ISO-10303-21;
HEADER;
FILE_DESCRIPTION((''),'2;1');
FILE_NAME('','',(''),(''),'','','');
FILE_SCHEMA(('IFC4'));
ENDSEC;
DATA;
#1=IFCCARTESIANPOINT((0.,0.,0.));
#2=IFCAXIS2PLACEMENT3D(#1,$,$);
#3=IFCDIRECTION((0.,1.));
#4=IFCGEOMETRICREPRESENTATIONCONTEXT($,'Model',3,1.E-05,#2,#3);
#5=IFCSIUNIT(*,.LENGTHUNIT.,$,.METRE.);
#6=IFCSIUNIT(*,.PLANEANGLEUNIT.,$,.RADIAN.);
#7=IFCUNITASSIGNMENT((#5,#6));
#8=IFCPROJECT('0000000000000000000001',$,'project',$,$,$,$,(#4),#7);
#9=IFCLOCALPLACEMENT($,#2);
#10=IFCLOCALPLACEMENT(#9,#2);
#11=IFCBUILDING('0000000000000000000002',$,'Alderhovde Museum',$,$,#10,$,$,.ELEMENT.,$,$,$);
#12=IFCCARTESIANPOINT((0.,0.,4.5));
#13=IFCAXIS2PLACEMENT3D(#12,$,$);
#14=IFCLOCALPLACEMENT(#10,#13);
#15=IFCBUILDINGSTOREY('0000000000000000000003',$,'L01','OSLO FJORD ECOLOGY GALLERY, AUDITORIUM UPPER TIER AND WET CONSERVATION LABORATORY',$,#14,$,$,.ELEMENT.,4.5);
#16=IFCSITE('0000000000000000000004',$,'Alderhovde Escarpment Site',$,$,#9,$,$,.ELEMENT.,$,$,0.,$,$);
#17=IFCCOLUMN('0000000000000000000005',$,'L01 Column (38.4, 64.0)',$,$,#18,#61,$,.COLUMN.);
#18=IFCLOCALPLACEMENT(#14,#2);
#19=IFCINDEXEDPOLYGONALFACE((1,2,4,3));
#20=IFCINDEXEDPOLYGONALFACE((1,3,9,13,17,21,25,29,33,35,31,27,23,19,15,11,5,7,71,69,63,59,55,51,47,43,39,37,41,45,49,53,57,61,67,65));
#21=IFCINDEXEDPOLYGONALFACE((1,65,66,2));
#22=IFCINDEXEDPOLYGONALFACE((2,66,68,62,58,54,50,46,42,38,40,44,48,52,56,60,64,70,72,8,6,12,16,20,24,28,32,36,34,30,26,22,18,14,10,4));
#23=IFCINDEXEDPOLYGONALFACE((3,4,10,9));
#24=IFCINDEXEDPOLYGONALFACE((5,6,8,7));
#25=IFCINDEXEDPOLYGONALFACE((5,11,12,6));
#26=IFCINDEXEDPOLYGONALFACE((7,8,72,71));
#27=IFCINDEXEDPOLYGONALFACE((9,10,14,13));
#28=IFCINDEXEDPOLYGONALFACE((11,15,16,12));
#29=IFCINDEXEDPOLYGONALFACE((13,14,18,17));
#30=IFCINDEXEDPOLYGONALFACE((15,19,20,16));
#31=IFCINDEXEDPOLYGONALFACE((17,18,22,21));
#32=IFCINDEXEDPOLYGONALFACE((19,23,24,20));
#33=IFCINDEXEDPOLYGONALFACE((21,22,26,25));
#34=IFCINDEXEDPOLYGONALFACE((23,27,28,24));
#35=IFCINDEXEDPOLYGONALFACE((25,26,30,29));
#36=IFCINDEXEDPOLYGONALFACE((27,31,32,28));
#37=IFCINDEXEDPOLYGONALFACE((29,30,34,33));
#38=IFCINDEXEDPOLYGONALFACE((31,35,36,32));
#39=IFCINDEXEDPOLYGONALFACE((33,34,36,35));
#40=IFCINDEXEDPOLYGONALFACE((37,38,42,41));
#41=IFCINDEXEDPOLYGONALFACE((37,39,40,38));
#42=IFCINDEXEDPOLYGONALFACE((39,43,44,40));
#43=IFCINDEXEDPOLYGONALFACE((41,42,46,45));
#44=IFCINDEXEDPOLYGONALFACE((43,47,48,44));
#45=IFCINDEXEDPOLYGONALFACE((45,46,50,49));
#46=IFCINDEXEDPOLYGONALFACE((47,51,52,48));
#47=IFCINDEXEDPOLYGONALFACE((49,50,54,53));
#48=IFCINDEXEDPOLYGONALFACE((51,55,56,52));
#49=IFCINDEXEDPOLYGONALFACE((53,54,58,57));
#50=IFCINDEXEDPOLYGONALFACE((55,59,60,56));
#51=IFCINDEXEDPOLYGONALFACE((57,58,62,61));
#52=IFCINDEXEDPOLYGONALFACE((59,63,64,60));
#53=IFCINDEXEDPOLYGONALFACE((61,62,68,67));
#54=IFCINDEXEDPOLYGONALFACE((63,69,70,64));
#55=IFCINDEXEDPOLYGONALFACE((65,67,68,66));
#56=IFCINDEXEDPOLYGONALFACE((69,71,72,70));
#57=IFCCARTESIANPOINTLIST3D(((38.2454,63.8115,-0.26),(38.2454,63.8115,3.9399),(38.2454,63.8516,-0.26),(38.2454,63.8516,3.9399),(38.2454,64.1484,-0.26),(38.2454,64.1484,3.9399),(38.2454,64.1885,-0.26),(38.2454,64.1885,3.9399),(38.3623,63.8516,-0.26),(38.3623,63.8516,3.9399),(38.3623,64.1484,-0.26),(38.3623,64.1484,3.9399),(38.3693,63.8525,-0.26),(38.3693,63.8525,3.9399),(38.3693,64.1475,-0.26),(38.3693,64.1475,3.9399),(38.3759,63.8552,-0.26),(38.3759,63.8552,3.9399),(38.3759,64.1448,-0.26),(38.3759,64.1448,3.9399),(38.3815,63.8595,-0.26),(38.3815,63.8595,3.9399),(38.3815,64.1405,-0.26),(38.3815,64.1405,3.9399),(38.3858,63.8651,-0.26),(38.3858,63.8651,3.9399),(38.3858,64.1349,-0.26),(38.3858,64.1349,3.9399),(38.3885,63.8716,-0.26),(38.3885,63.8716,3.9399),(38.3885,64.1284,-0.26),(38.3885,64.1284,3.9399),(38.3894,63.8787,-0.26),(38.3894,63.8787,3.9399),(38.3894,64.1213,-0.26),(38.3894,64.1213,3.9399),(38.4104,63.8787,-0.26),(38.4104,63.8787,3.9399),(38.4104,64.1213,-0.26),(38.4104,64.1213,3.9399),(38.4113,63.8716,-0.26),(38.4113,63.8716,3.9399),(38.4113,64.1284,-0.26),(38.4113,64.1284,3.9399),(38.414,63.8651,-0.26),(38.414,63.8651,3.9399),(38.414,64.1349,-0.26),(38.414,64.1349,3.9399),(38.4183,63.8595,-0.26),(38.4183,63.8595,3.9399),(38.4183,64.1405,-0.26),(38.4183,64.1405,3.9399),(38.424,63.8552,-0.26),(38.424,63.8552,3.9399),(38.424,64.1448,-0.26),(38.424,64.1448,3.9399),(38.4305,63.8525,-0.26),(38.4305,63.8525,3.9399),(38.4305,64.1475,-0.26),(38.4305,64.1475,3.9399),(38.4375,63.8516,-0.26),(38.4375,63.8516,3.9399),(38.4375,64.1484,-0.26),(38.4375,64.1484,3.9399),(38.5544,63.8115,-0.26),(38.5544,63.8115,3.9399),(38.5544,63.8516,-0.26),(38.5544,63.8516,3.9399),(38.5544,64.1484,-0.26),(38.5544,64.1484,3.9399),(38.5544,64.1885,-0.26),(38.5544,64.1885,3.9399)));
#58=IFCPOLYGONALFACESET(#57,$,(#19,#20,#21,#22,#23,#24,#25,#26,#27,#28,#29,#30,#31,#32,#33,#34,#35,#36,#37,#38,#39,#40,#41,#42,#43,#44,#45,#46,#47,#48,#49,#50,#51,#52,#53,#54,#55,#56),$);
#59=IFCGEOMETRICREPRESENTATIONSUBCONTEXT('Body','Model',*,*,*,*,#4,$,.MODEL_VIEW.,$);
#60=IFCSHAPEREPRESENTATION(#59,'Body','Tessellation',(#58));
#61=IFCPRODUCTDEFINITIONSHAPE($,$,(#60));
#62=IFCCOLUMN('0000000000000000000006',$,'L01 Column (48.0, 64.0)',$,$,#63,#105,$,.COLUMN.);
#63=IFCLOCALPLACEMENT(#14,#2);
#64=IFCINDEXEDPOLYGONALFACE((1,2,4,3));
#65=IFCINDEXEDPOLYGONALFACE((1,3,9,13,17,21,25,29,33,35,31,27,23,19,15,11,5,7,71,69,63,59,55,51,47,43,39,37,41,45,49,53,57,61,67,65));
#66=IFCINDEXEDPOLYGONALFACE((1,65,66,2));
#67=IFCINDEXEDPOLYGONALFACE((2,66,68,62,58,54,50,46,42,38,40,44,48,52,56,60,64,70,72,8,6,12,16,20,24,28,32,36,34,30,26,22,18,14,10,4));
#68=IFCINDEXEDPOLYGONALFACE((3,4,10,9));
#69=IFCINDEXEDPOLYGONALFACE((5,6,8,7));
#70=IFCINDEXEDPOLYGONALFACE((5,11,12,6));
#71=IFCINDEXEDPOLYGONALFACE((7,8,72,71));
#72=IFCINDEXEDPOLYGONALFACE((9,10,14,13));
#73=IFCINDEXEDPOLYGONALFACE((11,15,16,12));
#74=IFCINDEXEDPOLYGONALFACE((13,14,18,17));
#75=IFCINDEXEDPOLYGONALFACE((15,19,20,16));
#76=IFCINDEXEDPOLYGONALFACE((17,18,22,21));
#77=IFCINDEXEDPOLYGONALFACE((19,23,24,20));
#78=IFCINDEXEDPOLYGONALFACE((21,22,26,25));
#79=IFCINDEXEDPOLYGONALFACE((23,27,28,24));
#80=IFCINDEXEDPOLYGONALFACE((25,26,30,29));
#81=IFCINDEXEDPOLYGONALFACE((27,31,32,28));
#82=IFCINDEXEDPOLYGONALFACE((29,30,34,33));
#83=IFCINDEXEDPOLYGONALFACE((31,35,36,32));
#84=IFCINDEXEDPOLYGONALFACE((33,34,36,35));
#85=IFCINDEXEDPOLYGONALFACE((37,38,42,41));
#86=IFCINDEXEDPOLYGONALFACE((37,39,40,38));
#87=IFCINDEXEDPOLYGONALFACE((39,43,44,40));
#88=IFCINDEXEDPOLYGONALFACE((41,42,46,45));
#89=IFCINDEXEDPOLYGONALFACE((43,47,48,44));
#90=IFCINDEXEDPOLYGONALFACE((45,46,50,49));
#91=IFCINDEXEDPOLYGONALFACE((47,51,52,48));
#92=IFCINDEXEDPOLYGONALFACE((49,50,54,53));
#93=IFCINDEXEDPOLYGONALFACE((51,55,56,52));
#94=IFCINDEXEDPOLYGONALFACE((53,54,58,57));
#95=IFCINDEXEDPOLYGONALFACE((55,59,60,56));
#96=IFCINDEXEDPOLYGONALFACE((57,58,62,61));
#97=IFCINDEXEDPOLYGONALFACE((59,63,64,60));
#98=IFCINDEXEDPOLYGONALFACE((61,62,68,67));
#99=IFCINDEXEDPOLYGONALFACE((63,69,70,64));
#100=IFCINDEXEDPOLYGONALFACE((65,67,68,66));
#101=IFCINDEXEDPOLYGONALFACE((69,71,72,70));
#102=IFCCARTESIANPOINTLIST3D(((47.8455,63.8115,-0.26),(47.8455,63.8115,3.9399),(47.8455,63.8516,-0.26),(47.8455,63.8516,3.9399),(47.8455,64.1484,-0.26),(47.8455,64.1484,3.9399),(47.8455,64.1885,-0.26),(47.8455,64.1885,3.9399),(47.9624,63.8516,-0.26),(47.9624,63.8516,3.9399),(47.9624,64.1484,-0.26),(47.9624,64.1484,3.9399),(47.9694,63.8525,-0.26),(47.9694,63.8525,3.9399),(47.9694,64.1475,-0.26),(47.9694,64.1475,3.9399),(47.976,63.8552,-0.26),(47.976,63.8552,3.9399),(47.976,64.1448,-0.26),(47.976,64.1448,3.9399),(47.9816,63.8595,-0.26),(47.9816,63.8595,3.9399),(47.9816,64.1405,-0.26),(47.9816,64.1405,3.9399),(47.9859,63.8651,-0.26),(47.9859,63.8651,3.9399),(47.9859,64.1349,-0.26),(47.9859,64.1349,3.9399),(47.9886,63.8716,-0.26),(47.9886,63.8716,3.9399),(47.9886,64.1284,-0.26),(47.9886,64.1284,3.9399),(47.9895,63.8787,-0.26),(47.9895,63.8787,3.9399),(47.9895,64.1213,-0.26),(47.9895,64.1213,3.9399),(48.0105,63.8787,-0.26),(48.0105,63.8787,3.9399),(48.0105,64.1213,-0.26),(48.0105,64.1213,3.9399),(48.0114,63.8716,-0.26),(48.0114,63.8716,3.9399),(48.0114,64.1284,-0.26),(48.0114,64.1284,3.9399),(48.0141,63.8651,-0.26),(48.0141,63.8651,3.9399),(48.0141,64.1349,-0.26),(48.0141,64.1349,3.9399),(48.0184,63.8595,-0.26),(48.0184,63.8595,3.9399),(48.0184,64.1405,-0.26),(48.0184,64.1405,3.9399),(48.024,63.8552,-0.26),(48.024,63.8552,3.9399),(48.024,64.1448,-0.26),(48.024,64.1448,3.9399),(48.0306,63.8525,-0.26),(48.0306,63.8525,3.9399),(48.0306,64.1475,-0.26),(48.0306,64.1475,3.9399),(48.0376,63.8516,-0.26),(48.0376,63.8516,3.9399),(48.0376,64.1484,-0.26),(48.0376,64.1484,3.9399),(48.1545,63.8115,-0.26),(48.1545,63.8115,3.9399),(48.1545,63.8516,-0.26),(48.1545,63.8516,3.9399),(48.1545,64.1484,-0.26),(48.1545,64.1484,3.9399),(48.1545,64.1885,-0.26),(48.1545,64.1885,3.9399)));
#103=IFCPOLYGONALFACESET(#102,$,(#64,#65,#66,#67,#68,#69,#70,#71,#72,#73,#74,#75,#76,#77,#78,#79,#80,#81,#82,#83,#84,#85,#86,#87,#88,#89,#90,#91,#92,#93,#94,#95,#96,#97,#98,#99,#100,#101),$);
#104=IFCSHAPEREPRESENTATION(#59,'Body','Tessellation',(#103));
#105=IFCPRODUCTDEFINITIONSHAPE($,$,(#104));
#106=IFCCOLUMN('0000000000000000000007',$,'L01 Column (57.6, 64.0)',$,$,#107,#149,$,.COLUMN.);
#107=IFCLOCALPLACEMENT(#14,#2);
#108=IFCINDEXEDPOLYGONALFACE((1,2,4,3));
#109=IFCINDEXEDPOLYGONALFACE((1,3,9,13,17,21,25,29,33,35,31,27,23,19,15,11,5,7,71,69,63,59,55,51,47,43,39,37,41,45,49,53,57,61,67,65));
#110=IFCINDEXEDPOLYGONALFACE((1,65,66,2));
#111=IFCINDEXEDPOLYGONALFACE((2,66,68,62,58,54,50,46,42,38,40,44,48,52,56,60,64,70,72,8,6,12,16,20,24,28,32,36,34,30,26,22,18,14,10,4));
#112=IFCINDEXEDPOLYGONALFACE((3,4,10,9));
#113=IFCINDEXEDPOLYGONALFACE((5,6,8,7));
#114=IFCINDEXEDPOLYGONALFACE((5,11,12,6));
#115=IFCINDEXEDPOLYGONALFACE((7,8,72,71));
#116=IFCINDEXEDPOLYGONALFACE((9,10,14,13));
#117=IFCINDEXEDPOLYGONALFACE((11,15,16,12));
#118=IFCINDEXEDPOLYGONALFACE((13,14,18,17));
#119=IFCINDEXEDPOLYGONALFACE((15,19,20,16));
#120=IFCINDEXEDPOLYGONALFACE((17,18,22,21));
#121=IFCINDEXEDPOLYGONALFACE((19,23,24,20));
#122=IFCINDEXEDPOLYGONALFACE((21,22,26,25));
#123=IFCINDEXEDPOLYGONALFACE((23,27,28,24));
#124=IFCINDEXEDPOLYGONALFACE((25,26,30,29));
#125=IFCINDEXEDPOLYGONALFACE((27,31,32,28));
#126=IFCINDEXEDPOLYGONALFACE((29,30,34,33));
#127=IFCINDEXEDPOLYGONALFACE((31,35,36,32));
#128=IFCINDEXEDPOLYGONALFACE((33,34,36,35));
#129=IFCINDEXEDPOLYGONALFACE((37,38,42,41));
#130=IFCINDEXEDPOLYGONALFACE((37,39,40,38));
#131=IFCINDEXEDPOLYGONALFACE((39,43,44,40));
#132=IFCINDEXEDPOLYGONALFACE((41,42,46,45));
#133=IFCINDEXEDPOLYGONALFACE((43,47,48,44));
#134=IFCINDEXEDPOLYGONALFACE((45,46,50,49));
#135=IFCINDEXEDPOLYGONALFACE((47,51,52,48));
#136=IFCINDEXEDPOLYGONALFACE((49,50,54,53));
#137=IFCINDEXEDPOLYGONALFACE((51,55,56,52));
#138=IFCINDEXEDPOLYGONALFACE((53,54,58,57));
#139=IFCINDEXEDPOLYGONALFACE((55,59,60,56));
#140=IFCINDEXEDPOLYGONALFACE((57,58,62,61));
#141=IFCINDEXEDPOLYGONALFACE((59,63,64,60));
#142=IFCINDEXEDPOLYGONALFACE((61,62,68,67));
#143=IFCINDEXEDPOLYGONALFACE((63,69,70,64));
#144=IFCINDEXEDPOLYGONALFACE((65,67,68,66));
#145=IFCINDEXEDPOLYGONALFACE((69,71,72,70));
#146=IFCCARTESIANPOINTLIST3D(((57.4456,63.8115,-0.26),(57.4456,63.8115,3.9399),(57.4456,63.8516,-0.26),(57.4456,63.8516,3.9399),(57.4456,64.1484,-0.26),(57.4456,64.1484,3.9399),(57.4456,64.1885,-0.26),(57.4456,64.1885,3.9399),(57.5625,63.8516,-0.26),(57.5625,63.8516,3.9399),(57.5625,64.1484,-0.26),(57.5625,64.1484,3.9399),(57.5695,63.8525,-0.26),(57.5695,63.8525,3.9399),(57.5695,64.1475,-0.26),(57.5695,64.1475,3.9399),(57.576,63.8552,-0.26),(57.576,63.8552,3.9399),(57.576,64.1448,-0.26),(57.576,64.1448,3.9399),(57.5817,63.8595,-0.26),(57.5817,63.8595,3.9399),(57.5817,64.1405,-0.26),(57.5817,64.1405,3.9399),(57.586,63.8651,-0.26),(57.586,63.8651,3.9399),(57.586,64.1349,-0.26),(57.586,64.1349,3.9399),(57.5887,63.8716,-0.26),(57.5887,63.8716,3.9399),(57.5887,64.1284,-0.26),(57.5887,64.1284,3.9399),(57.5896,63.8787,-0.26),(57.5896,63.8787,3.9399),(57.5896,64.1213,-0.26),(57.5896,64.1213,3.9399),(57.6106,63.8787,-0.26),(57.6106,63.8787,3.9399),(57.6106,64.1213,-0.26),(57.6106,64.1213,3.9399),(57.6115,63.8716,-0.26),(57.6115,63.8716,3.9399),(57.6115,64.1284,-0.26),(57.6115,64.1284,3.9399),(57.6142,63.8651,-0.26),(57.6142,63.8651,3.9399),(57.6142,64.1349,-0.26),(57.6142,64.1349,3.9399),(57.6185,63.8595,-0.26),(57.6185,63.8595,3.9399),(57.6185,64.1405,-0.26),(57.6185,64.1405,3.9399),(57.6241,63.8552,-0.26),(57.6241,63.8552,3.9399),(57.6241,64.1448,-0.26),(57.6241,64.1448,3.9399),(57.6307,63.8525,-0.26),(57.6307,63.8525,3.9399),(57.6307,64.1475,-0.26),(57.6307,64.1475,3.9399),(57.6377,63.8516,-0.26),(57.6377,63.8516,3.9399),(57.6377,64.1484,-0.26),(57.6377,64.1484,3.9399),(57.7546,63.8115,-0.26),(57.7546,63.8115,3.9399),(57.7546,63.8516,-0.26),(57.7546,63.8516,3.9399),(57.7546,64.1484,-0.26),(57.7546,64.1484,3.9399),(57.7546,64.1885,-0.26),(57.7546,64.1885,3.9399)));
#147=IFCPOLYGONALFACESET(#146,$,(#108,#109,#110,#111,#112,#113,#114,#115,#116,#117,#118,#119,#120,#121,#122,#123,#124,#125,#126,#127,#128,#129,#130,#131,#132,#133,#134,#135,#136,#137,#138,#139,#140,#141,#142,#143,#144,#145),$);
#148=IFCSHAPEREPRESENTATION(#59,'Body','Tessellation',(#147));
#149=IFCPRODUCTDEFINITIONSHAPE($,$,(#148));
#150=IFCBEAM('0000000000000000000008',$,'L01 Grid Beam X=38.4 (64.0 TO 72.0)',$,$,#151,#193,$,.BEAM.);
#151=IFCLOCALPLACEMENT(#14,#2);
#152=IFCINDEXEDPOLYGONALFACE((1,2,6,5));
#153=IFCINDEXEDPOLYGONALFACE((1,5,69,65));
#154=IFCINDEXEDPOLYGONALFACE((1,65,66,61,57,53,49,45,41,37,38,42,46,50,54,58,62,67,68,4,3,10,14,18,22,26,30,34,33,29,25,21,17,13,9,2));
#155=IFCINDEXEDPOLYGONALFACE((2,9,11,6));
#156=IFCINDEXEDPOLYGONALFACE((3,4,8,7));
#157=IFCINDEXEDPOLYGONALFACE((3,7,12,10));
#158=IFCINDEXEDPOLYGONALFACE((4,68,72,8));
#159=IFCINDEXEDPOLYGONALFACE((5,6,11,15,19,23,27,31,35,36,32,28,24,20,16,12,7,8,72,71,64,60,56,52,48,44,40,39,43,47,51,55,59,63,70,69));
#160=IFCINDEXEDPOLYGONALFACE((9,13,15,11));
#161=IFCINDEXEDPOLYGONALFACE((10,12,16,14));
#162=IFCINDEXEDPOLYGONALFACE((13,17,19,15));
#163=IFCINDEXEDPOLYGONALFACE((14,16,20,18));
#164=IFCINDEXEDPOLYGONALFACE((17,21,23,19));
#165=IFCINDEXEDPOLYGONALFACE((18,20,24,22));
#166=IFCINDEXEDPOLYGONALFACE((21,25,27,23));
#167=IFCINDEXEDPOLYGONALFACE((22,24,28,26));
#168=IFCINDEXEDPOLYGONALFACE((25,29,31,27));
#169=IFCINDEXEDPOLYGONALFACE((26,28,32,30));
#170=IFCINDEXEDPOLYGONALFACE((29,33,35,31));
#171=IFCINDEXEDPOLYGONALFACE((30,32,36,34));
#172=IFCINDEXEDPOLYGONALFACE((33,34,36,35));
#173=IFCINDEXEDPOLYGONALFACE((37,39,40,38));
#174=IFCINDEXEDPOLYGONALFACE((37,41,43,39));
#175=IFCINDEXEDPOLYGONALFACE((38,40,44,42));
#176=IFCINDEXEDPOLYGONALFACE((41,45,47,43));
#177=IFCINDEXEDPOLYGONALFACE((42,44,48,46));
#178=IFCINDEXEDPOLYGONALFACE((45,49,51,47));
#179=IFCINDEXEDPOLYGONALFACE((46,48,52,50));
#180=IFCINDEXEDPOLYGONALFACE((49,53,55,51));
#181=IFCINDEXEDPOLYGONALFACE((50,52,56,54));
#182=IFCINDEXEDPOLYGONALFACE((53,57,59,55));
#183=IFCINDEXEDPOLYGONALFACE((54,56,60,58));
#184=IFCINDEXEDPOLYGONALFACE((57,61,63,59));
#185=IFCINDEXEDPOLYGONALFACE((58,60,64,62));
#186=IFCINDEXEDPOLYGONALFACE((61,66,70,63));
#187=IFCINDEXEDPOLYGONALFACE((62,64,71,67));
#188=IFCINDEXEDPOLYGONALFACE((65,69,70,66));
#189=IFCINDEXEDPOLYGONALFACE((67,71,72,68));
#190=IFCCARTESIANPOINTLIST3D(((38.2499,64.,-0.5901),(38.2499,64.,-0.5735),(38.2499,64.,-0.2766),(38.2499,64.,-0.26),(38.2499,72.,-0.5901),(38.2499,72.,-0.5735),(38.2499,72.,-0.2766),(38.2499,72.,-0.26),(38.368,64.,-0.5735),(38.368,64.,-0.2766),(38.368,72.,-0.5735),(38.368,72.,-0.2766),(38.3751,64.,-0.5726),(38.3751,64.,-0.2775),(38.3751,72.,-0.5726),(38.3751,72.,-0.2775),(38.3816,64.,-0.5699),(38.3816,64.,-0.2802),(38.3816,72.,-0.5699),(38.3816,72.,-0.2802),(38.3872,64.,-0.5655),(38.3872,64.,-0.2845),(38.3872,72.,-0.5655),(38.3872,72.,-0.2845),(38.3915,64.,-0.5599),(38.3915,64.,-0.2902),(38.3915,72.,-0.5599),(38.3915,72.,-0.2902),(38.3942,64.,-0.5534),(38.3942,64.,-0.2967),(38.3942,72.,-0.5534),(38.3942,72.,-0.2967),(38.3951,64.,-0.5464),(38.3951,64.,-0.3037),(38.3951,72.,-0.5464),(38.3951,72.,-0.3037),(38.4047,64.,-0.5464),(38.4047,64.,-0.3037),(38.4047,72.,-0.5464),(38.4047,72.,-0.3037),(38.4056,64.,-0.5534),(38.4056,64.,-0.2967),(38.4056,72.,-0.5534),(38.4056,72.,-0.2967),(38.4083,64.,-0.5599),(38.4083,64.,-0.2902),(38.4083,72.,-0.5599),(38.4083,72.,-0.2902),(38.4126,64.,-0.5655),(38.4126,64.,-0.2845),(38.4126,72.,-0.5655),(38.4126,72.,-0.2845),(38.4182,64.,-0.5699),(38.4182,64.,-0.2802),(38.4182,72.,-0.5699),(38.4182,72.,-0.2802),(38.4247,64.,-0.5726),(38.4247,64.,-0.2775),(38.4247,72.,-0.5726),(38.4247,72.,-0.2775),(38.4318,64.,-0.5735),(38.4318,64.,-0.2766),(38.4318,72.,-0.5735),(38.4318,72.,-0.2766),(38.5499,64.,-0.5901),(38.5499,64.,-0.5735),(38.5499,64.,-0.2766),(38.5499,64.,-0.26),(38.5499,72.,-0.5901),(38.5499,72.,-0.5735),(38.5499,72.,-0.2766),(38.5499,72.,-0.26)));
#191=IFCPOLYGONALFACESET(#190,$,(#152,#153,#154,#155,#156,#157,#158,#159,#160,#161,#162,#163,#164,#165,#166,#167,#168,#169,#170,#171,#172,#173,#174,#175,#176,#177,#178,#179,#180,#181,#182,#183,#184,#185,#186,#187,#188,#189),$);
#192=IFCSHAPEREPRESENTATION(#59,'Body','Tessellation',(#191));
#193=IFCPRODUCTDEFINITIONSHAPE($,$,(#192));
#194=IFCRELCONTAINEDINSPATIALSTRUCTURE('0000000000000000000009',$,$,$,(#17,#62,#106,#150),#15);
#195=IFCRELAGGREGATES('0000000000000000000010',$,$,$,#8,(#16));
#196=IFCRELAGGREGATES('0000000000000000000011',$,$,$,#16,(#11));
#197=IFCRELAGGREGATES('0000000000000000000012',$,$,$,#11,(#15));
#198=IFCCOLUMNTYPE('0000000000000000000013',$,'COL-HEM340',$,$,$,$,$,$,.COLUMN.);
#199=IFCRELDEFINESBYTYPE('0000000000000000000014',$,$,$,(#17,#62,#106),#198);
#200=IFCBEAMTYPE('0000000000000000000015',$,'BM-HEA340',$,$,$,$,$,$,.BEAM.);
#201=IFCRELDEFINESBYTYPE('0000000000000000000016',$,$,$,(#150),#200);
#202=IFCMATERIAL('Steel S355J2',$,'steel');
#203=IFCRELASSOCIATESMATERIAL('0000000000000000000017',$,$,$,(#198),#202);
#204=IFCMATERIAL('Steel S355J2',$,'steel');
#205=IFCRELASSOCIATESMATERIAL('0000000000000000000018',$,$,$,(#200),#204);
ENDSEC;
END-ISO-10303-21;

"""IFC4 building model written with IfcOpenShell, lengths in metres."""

from ifc_helpers import new_model, si_unit, direction, frame, origin, origin_2d, place, context, subcontext, project, spatial, i_section, extrude, material, material_profile, profile_set, type_object, element, save


model = new_model("IFC4")

# Units and contexts
model_context = context("Model", 3, precision=1e-05, world=origin(), true_north=direction((0.0, 1.0)))
body_context = subcontext(model_context, "Body", "Model", "MODEL_VIEW")
ifc_project = project(units=[si_unit("LENGTHUNIT", "METRE"), si_unit("PLANEANGLEUNIT", "RADIAN")], contexts=[model_context])

# Site, building, storey
site_placement = place(None, origin())
site = spatial("IfcSite", under=ifc_project, at=site_placement, Name="Alderhovde Escarpment Site", CompositionType="ELEMENT", RefElevation=0.0)
building_placement = place(site_placement, origin())
building = spatial("IfcBuilding", under=site, at=building_placement, Name="Alderhovde Museum", CompositionType="ELEMENT")
storey_placement = place(building_placement, frame((0.0, 0.0, 4.5)))
storey = spatial("IfcBuildingStorey", under=building, at=storey_placement, Name="L01", Description="OSLO FJORD ECOLOGY GALLERY, AUDITORIUM UPPER TIER AND WET CONSERVATION LABORATORY", CompositionType="ELEMENT", Elevation=4.5)

# Columns
ifc_material_1 = material(Name="Steel S355J2", Category="steel")
ifc_material_profile_1 = material_profile(ifc_material_1, i_section(OverallWidth=0.3091, OverallDepth=0.377, WebThickness=0.021, FlangeThickness=0.04, FilletRadius=0.0271, at=origin_2d()), Name="HEM 340")
ifc_profile_set_1 = profile_set([ifc_material_profile_1], Name="Steel S355J2")
column_type_1 = type_object("IfcColumnType", Name="COL-HEM340", PredefinedType="COLUMN", material=ifc_profile_set_1)
for number, where, z_axis, x_axis, name in (
    (1, (38.3999, 64.0, -0.26), (0.0, 0.0, 1.0), (1.0, 0.0, 0.0), "L01 Column (38.4, 64.0)"),
    (2, (48.0, 64.0, -0.26), (0.0, 0.0, 1.0), (1.0, 0.0, 0.0), "L01 Column (48.0, 64.0)"),
    (3, (57.6001, 64.0, -0.26), (0.0, 0.0, 1.0), (1.0, 0.0, 0.0), "L01 Column (57.6, 64.0)"),
):
    element("IfcColumn", number, at=place(storey_placement, frame(where, z_axis=z_axis, x_axis=x_axis)), inside=storey, type_object=column_type_1, Name=name, PredefinedType="COLUMN", context=body_context, shape_type="SweptSolid", body=[
        extrude(i_section(OverallWidth=0.3091, OverallDepth=0.377, WebThickness=0.021, FlangeThickness=0.04, FilletRadius=0.0271, at=origin_2d()), origin(), (0.0, 0.0, 1.0), 4.2),
    ])

# Beam
ifc_material_2 = material(Name="Steel S355J2", Category="steel")
ifc_material_profile_2 = material_profile(ifc_material_2, i_section(OverallWidth=0.3, OverallDepth=0.3301, WebThickness=0.0095, FlangeThickness=0.0166, FilletRadius=0.0271, at=origin_2d()), Name="HEA 340")
ifc_profile_set_2 = profile_set([ifc_material_profile_2], Name="Steel S355J2")
beam_type_1 = type_object("IfcBeamType", Name="BM-HEA340", PredefinedType="BEAM", material=ifc_profile_set_2)
for number, where, z_axis, x_axis, name in (
    (4, (38.3999, 64.0, -0.425), (0.0, 1.0, 0.0), (-1.0, 0.0, 0.0), "L01 Grid Beam X=38.4 (64.0 TO 72.0)"),
):
    element("IfcBeam", number, at=place(storey_placement, frame(where, z_axis=z_axis, x_axis=x_axis)), inside=storey, type_object=beam_type_1, Name=name, PredefinedType="BEAM", context=body_context, shape_type="SweptSolid", body=[
        extrude(i_section(OverallWidth=0.3, OverallDepth=0.3301, WebThickness=0.0095, FlangeThickness=0.0166, FilletRadius=0.0271, at=origin_2d()), origin(), (0.0, 0.0, 1.0), 8.0),
    ])

save(model, "model.ifc")
